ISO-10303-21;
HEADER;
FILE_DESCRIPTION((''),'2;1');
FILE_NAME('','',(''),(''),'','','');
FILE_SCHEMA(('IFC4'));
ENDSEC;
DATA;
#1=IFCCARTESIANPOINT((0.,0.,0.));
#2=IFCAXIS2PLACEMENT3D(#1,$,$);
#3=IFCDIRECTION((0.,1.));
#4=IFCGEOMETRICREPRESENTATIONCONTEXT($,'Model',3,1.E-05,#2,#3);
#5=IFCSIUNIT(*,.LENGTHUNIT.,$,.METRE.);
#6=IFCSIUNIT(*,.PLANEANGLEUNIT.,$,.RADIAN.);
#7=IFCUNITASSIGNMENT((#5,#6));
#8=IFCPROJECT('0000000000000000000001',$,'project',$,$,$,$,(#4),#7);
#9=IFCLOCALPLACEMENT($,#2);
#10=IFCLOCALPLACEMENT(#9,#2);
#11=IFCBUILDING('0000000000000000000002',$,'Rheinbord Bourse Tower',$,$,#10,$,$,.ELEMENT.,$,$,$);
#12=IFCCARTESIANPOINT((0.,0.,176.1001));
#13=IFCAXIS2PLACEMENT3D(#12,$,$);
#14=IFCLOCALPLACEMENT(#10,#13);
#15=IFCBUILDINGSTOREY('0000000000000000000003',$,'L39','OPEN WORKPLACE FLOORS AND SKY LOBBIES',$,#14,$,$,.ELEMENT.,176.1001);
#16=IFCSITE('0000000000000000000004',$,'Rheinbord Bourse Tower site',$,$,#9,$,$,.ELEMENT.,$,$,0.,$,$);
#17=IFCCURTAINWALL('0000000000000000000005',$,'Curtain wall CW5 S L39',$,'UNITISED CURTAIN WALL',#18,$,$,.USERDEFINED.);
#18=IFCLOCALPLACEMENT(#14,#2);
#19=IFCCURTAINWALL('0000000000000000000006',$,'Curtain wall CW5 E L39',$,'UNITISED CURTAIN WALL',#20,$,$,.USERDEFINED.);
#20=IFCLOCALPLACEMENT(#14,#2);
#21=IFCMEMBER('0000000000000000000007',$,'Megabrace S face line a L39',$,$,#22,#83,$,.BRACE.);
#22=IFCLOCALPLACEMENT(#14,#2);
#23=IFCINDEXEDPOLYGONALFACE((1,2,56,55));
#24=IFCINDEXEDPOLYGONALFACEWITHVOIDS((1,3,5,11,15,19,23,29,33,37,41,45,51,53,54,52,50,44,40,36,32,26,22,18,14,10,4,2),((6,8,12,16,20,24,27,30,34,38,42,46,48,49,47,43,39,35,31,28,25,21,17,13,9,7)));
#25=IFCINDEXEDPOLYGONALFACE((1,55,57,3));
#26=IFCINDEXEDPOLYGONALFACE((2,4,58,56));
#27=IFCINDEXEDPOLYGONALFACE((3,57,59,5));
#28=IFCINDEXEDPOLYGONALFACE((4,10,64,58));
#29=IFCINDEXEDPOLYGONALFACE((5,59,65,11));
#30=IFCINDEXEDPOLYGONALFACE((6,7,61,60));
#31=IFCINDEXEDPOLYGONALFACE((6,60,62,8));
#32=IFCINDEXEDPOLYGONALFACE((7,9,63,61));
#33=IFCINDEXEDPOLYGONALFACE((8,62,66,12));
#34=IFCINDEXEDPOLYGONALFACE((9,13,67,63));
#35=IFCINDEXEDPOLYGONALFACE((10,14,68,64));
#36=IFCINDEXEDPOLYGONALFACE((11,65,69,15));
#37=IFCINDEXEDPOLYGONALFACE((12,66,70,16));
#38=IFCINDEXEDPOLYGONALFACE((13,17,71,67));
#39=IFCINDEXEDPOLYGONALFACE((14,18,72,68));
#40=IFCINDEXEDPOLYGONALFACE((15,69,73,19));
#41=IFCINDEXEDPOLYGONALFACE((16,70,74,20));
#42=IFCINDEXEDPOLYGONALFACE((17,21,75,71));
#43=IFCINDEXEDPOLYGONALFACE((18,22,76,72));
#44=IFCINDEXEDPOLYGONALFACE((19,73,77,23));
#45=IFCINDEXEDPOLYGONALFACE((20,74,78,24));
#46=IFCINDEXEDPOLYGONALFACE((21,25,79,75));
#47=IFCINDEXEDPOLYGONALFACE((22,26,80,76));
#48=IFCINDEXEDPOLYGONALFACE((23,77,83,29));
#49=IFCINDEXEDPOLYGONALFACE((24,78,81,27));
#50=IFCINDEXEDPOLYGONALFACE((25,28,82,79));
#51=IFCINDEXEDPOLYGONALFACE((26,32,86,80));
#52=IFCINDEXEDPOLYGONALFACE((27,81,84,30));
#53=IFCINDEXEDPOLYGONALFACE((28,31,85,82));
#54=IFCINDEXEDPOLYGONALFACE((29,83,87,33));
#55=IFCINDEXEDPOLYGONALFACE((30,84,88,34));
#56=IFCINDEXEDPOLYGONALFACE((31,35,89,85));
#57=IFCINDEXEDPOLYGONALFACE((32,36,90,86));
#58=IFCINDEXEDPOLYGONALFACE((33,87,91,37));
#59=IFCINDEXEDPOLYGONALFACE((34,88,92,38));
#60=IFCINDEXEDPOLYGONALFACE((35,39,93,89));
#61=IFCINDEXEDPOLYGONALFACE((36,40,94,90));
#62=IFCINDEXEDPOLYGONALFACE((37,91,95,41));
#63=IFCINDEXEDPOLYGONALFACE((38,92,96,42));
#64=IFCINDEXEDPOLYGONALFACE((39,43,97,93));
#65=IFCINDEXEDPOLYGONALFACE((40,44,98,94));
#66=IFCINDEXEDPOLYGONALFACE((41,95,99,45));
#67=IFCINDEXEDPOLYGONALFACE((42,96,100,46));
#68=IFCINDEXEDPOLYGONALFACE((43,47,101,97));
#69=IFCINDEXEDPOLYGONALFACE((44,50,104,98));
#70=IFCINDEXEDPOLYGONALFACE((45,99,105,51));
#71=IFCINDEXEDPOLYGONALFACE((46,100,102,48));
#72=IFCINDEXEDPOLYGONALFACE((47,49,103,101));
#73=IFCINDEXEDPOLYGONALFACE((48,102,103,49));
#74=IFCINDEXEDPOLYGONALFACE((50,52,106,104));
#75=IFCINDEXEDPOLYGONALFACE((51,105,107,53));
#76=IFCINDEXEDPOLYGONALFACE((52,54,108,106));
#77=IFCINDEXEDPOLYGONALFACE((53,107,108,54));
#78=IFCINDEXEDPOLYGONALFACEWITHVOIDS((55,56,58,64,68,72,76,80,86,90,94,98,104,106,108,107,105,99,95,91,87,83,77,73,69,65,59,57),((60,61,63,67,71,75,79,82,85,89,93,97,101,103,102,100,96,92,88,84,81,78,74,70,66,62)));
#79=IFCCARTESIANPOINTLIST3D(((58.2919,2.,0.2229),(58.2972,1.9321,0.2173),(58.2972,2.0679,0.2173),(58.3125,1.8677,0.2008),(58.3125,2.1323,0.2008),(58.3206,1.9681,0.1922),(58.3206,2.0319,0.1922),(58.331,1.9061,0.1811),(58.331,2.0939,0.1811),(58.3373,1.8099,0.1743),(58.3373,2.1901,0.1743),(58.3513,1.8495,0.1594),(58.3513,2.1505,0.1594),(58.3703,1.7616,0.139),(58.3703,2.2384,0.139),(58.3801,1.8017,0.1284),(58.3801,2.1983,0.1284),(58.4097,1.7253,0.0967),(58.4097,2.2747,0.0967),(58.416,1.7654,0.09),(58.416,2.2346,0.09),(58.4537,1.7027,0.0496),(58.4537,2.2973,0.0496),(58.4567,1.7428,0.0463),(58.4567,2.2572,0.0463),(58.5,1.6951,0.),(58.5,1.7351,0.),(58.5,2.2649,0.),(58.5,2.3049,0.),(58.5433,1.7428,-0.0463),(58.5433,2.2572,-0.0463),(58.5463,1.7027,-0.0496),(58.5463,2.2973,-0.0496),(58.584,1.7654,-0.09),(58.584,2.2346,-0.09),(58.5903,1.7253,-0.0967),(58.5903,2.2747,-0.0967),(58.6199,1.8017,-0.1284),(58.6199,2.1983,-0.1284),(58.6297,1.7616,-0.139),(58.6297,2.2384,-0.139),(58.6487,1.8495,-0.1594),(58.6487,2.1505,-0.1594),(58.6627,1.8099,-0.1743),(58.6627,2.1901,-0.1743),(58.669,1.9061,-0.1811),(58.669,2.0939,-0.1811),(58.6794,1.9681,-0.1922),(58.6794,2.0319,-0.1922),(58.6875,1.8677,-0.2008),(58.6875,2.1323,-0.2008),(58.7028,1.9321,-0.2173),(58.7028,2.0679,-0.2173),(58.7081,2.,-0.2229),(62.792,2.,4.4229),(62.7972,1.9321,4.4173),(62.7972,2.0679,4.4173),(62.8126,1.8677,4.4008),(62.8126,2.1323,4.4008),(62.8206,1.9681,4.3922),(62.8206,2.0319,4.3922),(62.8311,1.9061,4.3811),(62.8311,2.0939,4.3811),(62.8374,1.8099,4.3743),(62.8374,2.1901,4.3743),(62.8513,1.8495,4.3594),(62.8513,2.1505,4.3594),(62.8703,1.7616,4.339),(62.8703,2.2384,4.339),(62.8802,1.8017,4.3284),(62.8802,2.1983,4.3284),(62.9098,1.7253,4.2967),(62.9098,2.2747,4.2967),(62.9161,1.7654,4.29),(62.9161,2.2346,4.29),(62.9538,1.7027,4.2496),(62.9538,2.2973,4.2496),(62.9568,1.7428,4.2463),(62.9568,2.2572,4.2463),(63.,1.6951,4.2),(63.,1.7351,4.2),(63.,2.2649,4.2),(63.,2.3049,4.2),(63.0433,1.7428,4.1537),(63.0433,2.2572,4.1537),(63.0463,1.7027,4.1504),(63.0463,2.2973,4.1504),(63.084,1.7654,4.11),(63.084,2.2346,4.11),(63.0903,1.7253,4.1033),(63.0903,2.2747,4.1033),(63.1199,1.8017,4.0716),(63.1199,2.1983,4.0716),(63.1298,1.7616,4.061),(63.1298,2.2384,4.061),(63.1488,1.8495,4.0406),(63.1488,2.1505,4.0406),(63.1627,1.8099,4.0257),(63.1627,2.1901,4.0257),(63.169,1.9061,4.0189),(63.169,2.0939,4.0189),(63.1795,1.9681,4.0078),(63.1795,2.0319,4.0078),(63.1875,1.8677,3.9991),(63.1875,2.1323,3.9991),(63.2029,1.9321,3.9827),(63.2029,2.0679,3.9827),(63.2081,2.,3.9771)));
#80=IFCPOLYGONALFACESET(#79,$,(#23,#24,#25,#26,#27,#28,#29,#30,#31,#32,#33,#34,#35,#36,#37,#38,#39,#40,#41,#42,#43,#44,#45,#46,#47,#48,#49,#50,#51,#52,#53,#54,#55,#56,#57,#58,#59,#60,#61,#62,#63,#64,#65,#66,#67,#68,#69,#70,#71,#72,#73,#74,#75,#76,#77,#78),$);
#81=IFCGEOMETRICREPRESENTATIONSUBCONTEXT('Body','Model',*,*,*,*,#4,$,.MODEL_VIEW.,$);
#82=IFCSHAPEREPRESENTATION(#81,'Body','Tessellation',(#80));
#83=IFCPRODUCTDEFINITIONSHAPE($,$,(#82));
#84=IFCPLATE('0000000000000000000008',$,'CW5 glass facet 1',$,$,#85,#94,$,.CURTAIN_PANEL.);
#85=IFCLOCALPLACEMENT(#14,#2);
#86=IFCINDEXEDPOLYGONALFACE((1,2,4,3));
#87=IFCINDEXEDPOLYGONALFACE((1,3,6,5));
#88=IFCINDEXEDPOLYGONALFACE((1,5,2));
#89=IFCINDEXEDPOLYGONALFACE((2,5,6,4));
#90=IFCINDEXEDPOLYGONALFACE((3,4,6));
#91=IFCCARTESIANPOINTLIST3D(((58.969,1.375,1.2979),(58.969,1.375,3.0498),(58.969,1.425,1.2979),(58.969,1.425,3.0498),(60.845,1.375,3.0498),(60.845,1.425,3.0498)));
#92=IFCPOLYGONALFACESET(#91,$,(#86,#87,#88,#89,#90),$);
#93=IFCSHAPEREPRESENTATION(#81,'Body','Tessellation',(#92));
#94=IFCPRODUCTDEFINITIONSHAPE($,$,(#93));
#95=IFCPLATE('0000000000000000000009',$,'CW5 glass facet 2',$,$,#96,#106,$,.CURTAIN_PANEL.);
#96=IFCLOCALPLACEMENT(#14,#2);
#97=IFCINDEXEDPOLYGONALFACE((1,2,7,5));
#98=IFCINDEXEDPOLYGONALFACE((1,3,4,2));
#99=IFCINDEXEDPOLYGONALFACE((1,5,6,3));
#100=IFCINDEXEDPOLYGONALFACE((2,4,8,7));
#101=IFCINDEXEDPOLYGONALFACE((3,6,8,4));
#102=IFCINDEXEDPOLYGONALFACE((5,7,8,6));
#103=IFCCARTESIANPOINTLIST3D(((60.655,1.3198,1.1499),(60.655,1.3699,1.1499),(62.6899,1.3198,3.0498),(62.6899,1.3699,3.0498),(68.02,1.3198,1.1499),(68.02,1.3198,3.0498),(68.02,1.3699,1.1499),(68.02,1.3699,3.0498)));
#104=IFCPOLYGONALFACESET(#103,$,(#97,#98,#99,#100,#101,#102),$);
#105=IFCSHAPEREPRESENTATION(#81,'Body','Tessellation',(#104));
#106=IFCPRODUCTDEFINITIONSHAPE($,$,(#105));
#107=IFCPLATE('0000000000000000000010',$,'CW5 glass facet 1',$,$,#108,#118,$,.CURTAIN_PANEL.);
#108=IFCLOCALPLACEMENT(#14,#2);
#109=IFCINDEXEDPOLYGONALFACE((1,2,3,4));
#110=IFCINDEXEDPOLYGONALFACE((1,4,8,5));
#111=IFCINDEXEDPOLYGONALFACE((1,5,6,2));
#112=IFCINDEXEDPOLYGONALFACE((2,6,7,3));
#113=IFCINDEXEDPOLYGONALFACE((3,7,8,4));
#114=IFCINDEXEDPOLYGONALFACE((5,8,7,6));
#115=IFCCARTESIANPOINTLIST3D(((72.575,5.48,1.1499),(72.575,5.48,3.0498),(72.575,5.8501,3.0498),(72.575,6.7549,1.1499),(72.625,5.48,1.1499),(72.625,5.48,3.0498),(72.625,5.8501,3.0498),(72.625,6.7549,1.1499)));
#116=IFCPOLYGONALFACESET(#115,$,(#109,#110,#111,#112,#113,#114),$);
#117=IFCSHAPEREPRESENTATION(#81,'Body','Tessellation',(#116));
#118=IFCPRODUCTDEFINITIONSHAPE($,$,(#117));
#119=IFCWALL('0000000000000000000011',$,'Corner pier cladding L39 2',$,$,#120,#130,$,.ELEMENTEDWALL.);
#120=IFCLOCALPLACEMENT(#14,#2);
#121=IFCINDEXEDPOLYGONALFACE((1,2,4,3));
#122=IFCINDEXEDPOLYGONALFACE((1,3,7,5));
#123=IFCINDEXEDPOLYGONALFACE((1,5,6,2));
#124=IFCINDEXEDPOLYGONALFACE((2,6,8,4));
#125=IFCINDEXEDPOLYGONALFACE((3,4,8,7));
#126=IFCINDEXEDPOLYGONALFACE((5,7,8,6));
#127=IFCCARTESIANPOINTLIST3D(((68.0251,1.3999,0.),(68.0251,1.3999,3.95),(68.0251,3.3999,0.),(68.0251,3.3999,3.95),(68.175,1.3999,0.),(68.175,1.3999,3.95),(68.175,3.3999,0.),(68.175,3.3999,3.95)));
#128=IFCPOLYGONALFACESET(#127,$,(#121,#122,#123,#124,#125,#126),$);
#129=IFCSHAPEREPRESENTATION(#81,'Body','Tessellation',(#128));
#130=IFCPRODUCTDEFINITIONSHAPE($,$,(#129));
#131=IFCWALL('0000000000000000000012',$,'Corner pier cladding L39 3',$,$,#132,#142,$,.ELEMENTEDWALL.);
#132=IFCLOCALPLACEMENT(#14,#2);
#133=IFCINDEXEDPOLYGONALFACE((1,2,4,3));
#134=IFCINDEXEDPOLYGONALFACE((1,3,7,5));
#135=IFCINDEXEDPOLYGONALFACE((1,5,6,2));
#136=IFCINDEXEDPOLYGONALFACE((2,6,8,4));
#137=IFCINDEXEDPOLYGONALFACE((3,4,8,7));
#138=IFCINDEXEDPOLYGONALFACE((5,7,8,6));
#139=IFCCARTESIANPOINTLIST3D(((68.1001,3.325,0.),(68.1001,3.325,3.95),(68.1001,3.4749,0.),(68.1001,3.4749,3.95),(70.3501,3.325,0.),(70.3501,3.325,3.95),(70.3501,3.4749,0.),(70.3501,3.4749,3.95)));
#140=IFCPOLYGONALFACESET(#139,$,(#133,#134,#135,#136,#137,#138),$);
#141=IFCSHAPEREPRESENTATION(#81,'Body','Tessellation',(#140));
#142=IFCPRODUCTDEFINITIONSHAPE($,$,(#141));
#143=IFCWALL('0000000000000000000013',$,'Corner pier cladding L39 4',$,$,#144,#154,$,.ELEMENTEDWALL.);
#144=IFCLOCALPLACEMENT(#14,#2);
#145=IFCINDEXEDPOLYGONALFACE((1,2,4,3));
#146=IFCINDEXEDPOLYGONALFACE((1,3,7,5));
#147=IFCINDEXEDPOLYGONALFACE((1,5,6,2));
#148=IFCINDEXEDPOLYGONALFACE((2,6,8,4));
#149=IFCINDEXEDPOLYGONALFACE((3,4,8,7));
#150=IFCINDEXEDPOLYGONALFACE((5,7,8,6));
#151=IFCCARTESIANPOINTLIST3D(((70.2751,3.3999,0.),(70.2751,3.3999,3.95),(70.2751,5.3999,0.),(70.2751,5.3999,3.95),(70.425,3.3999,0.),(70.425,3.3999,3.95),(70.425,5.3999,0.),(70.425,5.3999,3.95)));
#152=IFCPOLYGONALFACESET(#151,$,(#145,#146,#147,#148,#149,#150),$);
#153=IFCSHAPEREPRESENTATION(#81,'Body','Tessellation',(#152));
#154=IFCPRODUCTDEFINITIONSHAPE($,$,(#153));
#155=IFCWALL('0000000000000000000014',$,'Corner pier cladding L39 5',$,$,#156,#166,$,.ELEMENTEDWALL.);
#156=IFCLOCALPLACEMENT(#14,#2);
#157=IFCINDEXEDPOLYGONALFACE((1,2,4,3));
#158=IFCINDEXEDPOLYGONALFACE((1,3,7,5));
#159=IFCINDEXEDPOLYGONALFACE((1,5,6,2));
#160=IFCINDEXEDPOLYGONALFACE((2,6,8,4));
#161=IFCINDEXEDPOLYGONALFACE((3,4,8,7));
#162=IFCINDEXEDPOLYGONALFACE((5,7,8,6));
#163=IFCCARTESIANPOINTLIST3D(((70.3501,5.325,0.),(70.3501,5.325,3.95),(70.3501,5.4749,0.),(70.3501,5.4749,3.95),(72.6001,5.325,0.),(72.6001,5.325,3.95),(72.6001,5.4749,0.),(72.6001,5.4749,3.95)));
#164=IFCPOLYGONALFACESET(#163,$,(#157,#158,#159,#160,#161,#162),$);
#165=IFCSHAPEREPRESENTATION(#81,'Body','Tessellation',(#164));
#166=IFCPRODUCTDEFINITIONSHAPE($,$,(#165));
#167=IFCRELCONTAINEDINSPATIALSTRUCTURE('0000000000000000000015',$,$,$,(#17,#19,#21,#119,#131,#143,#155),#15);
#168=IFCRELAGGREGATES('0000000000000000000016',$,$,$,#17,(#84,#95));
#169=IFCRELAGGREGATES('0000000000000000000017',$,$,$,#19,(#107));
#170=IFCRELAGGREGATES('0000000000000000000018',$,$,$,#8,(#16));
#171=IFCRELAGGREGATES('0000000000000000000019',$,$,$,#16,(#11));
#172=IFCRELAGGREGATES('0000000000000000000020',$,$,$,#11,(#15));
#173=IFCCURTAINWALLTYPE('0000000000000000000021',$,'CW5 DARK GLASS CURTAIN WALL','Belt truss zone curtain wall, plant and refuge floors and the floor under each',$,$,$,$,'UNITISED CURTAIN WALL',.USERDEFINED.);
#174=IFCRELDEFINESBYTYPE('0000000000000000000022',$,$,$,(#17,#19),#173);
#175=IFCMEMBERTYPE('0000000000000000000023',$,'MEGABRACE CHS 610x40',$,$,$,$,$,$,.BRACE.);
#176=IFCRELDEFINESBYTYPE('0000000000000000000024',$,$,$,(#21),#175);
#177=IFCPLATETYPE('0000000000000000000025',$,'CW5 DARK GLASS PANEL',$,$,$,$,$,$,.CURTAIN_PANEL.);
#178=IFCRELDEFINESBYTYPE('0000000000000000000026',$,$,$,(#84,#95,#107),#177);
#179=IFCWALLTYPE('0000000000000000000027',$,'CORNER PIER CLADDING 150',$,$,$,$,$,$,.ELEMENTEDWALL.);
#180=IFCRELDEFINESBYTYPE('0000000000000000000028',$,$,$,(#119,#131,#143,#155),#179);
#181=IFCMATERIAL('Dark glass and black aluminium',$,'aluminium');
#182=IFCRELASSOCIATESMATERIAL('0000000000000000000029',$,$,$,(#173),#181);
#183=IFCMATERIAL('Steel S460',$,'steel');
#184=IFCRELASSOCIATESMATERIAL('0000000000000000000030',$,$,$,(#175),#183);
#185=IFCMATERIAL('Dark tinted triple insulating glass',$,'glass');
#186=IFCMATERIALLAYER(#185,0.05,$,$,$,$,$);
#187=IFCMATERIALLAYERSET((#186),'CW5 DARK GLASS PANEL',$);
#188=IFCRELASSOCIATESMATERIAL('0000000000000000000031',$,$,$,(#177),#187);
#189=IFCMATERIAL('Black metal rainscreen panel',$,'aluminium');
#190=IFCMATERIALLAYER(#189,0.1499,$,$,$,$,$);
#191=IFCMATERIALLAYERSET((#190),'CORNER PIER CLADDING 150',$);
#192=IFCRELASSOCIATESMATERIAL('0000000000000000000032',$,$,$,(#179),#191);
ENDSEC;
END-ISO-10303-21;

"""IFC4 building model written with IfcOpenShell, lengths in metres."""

from ifc_helpers import new_model, si_unit, direction, frame, frame_2d, origin, origin_2d, place, context, subcontext, project, spatial, polyline, rectangle, hollow_circle, outline, extrude, material, layer, layer_set, material_profile, profile_set, type_object, element, aggregate, save


model = new_model("IFC4")

# Units and contexts
model_context = context("Model", 3, precision=1e-05, world=origin(), true_north=direction((0.0, 1.0)))
body_context = subcontext(model_context, "Body", "Model", "MODEL_VIEW")
ifc_project = project(units=[si_unit("LENGTHUNIT", "METRE"), si_unit("PLANEANGLEUNIT", "RADIAN")], contexts=[model_context])

# Site, building, storey
site_placement = place(None, origin())
site = spatial("IfcSite", under=ifc_project, at=site_placement, Name="Rheinbord Bourse Tower site", CompositionType="ELEMENT", RefElevation=0.0)
building_placement = place(site_placement, origin())
building = spatial("IfcBuilding", under=site, at=building_placement, Name="Rheinbord Bourse Tower", CompositionType="ELEMENT")
storey_placement = place(building_placement, frame((0.0, 0.0, 176.1001)))
storey = spatial("IfcBuildingStorey", under=building, at=storey_placement, Name="L39", Description="OPEN WORKPLACE FLOORS AND SKY LOBBIES", CompositionType="ELEMENT", Elevation=176.1001)

# Curtain wall
ifc_material_1 = material(Name="Dark glass and black aluminium", Category="aluminium")
curtain_wall_type = type_object("IfcCurtainWallType", Name="CW5 DARK GLASS CURTAIN WALL", Description="Belt truss zone curtain wall, plant and refuge floors and the floor under each", ElementType="UNITISED CURTAIN WALL", PredefinedType="USERDEFINED", material=ifc_material_1)
curtain_wall_1_placement = place(storey_placement, origin())
curtain_wall_1 = element("IfcCurtainWall", 1, at=curtain_wall_1_placement, inside=storey, type_object=curtain_wall_type, Name="Curtain wall CW5 S L39", ObjectType="UNITISED CURTAIN WALL", PredefinedType="USERDEFINED")

# Curtain wall
curtain_wall_2_placement = place(storey_placement, origin())
curtain_wall_2 = element("IfcCurtainWall", 2, at=curtain_wall_2_placement, inside=storey, type_object=curtain_wall_type, Name="Curtain wall CW5 E L39", ObjectType="UNITISED CURTAIN WALL", PredefinedType="USERDEFINED")

# Member
ifc_material_2 = material(Name="Steel S460", Category="steel")
ifc_material_profile_1 = material_profile(ifc_material_2, hollow_circle(Radius=0.3049, WallThickness=0.04, at=origin_2d()), Name="CHS 610x40")
ifc_profile_set_1 = profile_set([ifc_material_profile_1], Name="Steel S460")
member_type_1 = type_object("IfcMemberType", Name="MEGABRACE CHS 610x40", PredefinedType="BRACE", material=ifc_profile_set_1)
member_1_placement = place(storey_placement, frame((58.5, 2.0, 0.0), z_axis=(0.731059, 0.0, 0.682314), x_axis=(0.0, 1.0, 0.0)))
element("IfcMember", 3, at=member_1_placement, inside=storey, type_object=member_type_1, Name="Megabrace S face line a L39", PredefinedType="BRACE", context=body_context, shape_type="SweptSolid", body=[
    extrude(hollow_circle(Radius=0.3049, WallThickness=0.04, at=origin_2d()), origin(), (0.0, 0.0, 1.0), 6.1555),
])

# Plates
ifc_material_3 = material(Name="Dark tinted triple insulating glass", Category="glass")
ifc_layer_1 = layer(ifc_material_3, 0.05)
ifc_layer_set_1 = layer_set([ifc_layer_1], Name="CW5 DARK GLASS PANEL")
plate_type = type_object("IfcPlateType", Name="CW5 DARK GLASS PANEL", PredefinedType="CURTAIN_PANEL", material=ifc_layer_set_1)
plate_1_placement = place(storey_placement, frame((58.969, 1.375, 3.0498), z_axis=(0.0, 1.0, 0.0), x_axis=(1.0, 0.0, 0.0)))
plate_1 = element("IfcPlate", 4, at=plate_1_placement, type_object=plate_type, Name="CW5 glass facet 1", PredefinedType="CURTAIN_PANEL", context=body_context, shape_type="SweptSolid", body=[
    extrude(outline(polyline([(0.0, 0.0), (1.876, 0.0), (0.0, 1.752), (0.0, 0.0)])), origin(), (0.0, 0.0, 1.0), 0.05),
])
plate_2_placement = place(storey_placement, frame((68.02, 1.3198, 3.0498), z_axis=(0.0, 1.0, 0.0), x_axis=(0.0, 0.0, -1.0)))
plate_2 = element("IfcPlate", 5, at=plate_2_placement, type_object=plate_type, Name="CW5 glass facet 2", PredefinedType="CURTAIN_PANEL", context=body_context, shape_type="SweptSolid", body=[
    extrude(outline(polyline([(0.0, 0.0), (1.8999, 0.0), (1.8999, 7.365), (0.0, 5.3301), (0.0, 0.0)])), origin(), (0.0, 0.0, 1.0), 0.05),
])
aggregate(curtain_wall_1, [plate_1, plate_2])
plate_3_placement = place(storey_placement, frame((72.625, 5.48, 1.1499), z_axis=(-1.0, 0.0, 0.0), x_axis=(0.0, 0.0, 1.0)))
plate_3 = element("IfcPlate", 6, at=plate_3_placement, type_object=plate_type, Name="CW5 glass facet 1", PredefinedType="CURTAIN_PANEL", context=body_context, shape_type="SweptSolid", body=[
    extrude(outline(polyline([(0.0, 0.0), (1.8999, 0.0), (1.8999, 0.3701), (0.0, 1.2749), (0.0, 0.0)])), origin(), (0.0, 0.0, 1.0), 0.05),
])
aggregate(curtain_wall_2, [plate_3])

# Walls
ifc_material_4 = material(Name="Black metal rainscreen panel", Category="aluminium")
ifc_layer_2 = layer(ifc_material_4, 0.1499)
ifc_layer_set_2 = layer_set([ifc_layer_2], Name="CORNER PIER CLADDING 150")
wall_type = type_object("IfcWallType", Name="CORNER PIER CLADDING 150", PredefinedType="ELEMENTEDWALL", material=ifc_layer_set_2)
wall_1_placement = place(storey_placement, frame((68.1001, 1.3999, 0.0), z_axis=(0.0, 0.0, 1.0), x_axis=(0.0, 1.0, 0.0)))
element("IfcWall", 7, at=wall_1_placement, inside=storey, type_object=wall_type, Name="Corner pier cladding L39 2", PredefinedType="ELEMENTEDWALL", context=body_context, shape_type="SweptSolid", body=[
    extrude(rectangle(XDim=2.0, YDim=0.1499, at=frame_2d((1.0, 0.0))), origin(), (0.0, 0.0, 1.0), 3.95),
])
wall_2_placement = place(storey_placement, frame((68.1001, 3.3999, 0.0), z_axis=(0.0, 0.0, 1.0), x_axis=(1.0, 0.0, 0.0)))
element("IfcWall", 8, at=wall_2_placement, inside=storey, type_object=wall_type, Name="Corner pier cladding L39 3", PredefinedType="ELEMENTEDWALL", context=body_context, shape_type="SweptSolid", body=[
    extrude(rectangle(XDim=2.25, YDim=0.1499, at=frame_2d((1.125, 0.0))), origin(), (0.0, 0.0, 1.0), 3.95),
])
wall_3_placement = place(storey_placement, frame((70.3501, 3.3999, 0.0), z_axis=(0.0, 0.0, 1.0), x_axis=(0.0, 1.0, 0.0)))
element("IfcWall", 9, at=wall_3_placement, inside=storey, type_object=wall_type, Name="Corner pier cladding L39 4", PredefinedType="ELEMENTEDWALL", context=body_context, shape_type="SweptSolid", body=[
    extrude(rectangle(XDim=2.0, YDim=0.1499, at=frame_2d((1.0, 0.0))), origin(), (0.0, 0.0, 1.0), 3.95),
])
wall_4_placement = place(storey_placement, frame((70.3501, 5.3999, 0.0), z_axis=(0.0, 0.0, 1.0), x_axis=(1.0, 0.0, 0.0)))
element("IfcWall", 10, at=wall_4_placement, inside=storey, type_object=wall_type, Name="Corner pier cladding L39 5", PredefinedType="ELEMENTEDWALL", context=body_context, shape_type="SweptSolid", body=[
    extrude(rectangle(XDim=2.25, YDim=0.1499, at=frame_2d((1.125, 0.0))), origin(), (0.0, 0.0, 1.0), 3.95),
])

save(model, "model.ifc")
